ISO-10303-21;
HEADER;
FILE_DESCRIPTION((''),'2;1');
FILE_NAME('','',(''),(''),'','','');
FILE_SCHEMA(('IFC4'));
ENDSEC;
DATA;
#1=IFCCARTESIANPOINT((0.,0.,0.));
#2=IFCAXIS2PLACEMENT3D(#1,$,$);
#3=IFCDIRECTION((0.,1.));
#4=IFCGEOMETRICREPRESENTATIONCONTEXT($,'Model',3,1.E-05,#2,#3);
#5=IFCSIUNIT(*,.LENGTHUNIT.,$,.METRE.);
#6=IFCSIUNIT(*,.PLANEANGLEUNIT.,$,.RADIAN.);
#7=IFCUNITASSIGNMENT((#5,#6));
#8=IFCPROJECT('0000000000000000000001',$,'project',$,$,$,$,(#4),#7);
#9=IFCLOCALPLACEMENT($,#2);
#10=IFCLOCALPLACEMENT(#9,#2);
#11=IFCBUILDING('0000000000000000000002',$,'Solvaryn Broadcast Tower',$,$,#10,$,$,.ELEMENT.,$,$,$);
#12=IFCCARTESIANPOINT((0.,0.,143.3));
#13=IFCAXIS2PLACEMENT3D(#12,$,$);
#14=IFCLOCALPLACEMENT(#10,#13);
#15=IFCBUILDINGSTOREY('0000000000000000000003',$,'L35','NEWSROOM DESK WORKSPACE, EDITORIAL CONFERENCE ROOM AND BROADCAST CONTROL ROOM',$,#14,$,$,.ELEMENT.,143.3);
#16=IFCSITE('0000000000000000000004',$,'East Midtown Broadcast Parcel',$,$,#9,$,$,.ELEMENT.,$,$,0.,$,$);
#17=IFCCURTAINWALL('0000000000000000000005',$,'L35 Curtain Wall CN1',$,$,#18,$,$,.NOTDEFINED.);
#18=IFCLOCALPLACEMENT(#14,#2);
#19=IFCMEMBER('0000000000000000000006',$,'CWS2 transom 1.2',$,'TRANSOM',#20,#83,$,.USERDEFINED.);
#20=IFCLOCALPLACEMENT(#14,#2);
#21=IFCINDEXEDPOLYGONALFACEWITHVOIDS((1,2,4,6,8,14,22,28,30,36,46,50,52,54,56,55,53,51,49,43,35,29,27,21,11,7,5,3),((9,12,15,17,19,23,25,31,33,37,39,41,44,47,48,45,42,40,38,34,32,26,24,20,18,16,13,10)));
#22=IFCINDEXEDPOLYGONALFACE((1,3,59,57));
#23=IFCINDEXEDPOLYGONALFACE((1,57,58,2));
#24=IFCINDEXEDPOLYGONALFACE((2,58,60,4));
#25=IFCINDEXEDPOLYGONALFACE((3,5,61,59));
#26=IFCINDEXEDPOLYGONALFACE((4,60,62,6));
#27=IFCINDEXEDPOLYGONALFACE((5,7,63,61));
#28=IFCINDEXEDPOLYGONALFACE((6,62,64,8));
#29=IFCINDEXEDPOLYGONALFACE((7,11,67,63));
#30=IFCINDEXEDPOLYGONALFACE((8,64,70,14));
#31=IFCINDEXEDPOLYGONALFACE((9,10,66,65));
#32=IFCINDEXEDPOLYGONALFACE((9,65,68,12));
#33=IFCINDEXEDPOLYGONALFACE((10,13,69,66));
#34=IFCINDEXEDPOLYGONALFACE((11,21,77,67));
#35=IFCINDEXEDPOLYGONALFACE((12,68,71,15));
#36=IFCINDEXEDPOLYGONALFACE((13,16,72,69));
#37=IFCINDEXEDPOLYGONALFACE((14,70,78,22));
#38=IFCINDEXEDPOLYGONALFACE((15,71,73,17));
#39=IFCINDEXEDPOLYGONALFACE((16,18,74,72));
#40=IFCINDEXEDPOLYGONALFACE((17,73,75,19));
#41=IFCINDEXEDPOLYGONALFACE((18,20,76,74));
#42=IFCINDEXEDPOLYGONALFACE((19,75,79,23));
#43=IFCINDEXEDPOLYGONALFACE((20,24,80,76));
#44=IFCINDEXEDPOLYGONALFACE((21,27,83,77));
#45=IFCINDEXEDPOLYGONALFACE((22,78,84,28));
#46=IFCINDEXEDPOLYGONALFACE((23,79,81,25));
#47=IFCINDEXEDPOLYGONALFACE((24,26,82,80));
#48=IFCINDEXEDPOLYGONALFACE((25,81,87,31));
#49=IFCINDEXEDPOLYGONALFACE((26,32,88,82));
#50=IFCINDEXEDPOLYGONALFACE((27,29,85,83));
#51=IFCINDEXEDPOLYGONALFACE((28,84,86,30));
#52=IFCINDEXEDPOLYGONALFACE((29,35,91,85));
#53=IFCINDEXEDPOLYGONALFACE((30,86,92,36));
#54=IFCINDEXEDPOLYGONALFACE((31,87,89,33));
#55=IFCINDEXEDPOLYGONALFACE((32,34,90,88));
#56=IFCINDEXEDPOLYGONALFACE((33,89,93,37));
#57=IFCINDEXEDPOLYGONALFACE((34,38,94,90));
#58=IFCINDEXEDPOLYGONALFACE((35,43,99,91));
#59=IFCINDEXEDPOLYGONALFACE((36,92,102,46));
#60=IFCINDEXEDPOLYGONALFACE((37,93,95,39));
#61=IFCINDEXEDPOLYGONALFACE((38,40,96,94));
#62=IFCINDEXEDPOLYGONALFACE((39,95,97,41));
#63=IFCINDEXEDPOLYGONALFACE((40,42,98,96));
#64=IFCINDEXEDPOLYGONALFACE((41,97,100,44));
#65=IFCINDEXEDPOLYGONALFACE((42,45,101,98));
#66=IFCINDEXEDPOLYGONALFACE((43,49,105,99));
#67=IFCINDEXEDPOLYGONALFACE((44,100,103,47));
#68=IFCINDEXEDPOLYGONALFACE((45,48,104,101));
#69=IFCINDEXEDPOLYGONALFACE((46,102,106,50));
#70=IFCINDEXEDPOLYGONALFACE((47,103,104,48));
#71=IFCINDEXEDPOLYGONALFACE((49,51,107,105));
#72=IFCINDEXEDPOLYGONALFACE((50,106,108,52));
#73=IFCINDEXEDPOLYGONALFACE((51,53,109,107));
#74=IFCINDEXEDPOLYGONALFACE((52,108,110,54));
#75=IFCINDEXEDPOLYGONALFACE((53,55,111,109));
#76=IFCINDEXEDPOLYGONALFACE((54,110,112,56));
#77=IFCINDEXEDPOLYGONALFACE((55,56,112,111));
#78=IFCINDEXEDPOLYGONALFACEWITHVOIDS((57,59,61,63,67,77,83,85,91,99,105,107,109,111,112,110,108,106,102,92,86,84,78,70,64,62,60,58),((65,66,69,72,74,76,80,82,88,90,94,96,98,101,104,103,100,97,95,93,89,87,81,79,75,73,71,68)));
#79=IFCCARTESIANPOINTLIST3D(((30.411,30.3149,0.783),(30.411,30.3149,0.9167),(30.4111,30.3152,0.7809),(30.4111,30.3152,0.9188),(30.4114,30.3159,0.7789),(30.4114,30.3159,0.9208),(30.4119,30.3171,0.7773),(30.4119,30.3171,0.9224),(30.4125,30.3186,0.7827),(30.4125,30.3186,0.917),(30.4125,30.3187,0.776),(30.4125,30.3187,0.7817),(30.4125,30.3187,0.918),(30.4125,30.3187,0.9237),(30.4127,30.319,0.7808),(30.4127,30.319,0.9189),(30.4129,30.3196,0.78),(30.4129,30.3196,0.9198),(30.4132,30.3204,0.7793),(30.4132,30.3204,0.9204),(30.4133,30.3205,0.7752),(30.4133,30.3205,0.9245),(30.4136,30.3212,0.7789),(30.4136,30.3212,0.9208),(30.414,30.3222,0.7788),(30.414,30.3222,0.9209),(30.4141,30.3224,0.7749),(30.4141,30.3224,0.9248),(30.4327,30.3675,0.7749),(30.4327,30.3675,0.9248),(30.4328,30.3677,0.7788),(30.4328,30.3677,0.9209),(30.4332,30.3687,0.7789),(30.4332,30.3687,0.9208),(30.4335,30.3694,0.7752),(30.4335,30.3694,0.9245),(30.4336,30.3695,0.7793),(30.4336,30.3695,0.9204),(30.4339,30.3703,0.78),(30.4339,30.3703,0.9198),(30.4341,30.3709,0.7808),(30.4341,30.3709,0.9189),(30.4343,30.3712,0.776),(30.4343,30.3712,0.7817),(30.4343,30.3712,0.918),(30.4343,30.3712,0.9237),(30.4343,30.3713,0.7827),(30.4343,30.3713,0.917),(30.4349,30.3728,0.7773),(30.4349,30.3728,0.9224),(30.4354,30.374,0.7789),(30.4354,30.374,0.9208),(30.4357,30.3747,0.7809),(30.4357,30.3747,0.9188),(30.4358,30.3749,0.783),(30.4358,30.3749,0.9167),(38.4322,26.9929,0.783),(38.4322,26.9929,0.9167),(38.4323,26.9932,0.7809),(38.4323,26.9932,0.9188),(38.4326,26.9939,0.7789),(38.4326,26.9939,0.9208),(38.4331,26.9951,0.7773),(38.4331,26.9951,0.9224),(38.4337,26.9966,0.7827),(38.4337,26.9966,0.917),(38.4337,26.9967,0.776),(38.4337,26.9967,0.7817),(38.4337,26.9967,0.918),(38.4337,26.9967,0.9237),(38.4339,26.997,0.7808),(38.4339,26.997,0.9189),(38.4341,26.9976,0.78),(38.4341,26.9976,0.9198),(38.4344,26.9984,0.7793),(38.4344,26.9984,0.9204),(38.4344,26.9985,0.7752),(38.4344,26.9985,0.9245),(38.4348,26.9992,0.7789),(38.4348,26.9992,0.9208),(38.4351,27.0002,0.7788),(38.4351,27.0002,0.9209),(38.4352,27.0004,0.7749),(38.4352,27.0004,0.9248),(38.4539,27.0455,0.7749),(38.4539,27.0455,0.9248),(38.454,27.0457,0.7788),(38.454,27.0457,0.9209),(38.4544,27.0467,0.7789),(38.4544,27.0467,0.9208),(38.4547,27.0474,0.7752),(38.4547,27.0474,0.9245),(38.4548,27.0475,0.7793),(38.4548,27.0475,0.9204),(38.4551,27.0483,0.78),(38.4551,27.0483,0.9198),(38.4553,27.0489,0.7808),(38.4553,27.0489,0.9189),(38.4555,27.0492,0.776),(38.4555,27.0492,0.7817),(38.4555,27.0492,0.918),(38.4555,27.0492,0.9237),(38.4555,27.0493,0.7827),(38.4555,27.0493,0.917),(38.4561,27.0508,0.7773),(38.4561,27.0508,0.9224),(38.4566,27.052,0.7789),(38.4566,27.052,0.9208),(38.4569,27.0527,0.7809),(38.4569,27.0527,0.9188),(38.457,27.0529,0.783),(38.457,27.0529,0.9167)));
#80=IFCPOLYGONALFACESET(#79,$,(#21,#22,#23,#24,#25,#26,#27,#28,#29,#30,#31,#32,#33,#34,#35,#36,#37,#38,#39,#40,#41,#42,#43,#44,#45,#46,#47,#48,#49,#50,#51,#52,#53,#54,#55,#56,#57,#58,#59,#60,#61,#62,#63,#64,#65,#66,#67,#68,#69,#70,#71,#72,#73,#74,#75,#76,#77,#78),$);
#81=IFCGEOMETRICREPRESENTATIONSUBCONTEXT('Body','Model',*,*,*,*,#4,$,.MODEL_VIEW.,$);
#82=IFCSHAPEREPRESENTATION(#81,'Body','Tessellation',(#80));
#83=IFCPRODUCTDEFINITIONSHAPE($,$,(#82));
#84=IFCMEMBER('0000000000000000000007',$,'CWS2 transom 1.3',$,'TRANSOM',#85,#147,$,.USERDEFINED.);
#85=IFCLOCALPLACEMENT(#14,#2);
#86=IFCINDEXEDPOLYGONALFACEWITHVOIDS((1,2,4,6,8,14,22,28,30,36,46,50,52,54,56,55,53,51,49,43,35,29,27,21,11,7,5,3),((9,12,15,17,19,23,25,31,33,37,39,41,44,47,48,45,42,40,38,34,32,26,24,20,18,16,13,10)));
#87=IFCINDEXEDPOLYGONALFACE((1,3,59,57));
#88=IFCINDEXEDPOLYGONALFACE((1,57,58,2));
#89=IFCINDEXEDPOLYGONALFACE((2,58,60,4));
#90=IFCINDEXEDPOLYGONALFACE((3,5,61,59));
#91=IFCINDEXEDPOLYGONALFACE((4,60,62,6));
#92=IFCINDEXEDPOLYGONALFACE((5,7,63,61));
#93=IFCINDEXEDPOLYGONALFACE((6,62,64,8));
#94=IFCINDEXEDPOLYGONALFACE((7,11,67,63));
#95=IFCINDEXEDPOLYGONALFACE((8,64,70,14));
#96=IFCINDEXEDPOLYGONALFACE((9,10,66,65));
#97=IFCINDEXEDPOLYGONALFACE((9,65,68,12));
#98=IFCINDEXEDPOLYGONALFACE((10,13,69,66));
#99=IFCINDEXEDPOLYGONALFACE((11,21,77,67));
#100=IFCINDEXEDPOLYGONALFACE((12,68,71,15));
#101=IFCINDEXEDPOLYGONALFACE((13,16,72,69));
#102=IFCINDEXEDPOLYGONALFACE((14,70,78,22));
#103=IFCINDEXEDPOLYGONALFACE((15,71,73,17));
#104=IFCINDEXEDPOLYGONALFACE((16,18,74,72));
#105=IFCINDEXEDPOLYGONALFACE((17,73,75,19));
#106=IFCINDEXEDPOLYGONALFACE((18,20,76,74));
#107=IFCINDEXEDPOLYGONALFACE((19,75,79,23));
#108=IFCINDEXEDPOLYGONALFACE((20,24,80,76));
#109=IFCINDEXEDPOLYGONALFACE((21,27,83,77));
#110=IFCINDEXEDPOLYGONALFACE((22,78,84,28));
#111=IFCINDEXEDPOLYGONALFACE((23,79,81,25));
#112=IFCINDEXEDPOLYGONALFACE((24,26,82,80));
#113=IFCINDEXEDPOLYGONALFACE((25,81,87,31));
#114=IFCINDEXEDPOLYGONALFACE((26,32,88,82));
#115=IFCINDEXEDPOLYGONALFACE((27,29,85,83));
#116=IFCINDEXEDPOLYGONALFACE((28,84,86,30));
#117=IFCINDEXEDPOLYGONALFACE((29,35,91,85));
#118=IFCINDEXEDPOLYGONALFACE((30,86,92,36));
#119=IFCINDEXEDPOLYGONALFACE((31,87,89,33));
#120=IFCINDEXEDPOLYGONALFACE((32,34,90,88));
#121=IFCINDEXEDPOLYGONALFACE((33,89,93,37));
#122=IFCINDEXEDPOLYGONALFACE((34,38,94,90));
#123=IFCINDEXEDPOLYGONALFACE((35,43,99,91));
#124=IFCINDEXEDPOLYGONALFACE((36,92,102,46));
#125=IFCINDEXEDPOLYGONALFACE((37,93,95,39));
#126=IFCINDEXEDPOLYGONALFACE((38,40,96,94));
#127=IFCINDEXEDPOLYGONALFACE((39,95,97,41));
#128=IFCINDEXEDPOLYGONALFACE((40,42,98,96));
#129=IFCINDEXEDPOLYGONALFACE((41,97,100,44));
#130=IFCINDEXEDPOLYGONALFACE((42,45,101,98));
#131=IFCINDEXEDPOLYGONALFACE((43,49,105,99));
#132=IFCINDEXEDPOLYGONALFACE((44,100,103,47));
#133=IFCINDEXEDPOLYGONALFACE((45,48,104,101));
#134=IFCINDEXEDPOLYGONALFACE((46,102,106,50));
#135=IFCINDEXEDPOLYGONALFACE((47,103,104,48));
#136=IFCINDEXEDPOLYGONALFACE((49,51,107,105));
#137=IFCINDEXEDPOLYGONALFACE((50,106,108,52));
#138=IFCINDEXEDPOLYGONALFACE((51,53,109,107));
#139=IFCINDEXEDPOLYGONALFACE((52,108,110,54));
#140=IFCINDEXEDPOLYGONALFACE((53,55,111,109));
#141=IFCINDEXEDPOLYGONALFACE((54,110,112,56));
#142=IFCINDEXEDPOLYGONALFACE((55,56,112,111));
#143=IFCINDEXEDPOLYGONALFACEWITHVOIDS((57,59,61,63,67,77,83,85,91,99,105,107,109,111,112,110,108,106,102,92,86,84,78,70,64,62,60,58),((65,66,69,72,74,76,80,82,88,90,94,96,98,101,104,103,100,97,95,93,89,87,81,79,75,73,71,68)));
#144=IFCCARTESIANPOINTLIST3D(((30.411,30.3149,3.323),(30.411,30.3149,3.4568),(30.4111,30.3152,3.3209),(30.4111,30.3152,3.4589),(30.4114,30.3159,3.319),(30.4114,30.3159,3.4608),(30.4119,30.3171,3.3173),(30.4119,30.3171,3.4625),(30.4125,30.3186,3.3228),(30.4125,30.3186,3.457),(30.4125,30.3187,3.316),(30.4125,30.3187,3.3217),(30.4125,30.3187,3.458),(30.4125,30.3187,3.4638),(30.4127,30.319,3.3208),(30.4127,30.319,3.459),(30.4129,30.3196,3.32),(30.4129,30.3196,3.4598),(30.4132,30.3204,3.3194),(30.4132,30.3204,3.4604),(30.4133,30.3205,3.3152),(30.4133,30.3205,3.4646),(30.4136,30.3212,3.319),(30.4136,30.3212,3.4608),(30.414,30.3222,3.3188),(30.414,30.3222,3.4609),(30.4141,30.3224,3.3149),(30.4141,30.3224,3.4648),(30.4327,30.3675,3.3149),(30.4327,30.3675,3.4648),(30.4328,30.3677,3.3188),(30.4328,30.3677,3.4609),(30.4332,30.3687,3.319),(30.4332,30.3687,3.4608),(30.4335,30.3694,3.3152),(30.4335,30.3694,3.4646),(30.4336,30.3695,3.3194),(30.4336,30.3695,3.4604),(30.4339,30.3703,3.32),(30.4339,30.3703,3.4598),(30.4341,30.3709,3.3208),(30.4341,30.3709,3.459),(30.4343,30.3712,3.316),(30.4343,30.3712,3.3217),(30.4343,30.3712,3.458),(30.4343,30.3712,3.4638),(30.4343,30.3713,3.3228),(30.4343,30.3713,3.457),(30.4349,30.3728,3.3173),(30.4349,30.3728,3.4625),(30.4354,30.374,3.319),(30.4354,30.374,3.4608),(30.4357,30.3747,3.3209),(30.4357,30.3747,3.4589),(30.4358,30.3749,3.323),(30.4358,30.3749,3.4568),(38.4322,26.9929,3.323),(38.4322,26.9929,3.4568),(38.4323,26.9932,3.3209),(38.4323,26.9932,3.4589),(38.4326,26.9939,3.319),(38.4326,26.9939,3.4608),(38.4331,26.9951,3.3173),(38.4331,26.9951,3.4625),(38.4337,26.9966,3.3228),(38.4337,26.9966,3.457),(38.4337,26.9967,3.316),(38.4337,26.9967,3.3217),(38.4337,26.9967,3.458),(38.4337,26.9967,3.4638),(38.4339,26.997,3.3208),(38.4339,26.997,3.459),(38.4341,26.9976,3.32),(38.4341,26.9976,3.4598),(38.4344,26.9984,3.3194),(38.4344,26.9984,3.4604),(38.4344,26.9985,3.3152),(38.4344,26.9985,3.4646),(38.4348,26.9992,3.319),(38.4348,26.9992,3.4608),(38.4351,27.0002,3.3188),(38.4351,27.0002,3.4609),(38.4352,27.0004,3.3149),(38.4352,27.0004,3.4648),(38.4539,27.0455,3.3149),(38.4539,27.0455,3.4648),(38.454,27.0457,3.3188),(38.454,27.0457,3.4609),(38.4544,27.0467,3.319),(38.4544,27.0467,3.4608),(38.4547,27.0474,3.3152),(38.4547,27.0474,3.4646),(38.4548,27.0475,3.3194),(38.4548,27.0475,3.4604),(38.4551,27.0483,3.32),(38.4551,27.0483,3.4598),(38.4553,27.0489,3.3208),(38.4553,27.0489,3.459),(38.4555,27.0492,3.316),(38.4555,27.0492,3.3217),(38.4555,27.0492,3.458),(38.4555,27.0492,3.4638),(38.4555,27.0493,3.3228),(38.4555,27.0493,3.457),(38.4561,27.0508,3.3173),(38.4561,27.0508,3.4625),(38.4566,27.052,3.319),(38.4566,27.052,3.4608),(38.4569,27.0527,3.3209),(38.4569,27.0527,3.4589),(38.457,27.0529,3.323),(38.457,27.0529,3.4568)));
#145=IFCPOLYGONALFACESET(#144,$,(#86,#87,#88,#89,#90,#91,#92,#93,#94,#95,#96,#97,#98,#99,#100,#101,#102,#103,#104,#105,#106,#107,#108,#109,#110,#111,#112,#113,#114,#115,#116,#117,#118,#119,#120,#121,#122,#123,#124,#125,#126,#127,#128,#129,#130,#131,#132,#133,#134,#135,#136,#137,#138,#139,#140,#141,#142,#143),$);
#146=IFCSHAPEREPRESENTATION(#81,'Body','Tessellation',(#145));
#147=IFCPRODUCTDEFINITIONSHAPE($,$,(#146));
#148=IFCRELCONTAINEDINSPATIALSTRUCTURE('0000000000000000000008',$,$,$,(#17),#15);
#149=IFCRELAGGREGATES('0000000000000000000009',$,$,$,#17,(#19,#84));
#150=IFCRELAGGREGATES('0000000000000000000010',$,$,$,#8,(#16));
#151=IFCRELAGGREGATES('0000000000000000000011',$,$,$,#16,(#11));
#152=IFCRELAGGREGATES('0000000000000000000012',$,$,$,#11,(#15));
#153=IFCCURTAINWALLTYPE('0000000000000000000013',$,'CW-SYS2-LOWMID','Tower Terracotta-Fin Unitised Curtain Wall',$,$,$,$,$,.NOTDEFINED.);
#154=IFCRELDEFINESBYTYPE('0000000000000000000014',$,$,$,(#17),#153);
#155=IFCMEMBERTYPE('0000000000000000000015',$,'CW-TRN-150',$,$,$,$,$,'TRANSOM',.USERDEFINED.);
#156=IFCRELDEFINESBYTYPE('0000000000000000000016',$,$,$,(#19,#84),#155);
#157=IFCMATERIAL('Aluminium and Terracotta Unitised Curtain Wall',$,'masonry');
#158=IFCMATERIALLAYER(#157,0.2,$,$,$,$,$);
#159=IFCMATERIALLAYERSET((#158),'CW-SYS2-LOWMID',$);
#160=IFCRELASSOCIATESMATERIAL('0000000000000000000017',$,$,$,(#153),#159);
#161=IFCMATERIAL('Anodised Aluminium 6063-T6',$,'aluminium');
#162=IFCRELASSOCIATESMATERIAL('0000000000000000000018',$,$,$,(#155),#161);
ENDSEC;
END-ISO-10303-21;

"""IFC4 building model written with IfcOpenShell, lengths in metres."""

from ifc_helpers import new_model, si_unit, direction, frame, origin, origin_2d, place, context, subcontext, project, spatial, hollow_rectangle, extrude, material, layer, layer_set, material_profile, profile_set, type_object, element, aggregate, save


model = new_model("IFC4")

# Units and contexts
model_context = context("Model", 3, precision=1e-05, world=origin(), true_north=direction((0.0, 1.0)))
body_context = subcontext(model_context, "Body", "Model", "MODEL_VIEW")
ifc_project = project(units=[si_unit("LENGTHUNIT", "METRE"), si_unit("PLANEANGLEUNIT", "RADIAN")], contexts=[model_context])

# Site, building, storey
site_placement = place(None, origin())
site = spatial("IfcSite", under=ifc_project, at=site_placement, Name="East Midtown Broadcast Parcel", CompositionType="ELEMENT", RefElevation=0.0)
building_placement = place(site_placement, origin())
building = spatial("IfcBuilding", under=site, at=building_placement, Name="Solvaryn Broadcast Tower", CompositionType="ELEMENT")
storey_placement = place(building_placement, frame((0.0, 0.0, 143.3)))
storey = spatial("IfcBuildingStorey", under=building, at=storey_placement, Name="L35", Description="NEWSROOM DESK WORKSPACE, EDITORIAL CONFERENCE ROOM AND BROADCAST CONTROL ROOM", CompositionType="ELEMENT", Elevation=143.3)

# Curtain wall
ifc_material_1 = material(Name="Aluminium and Terracotta Unitised Curtain Wall", Category="masonry")
ifc_layer_1 = layer(ifc_material_1, 0.2)
ifc_layer_set_1 = layer_set([ifc_layer_1], Name="CW-SYS2-LOWMID")
curtain_wall_type = type_object("IfcCurtainWallType", Name="CW-SYS2-LOWMID", Description="Tower Terracotta-Fin Unitised Curtain Wall", PredefinedType="NOTDEFINED", material=ifc_layer_set_1)
curtain_wall_1_placement = place(storey_placement, origin())
curtain_wall_1 = element("IfcCurtainWall", 1, at=curtain_wall_1_placement, inside=storey, type_object=curtain_wall_type, Name="L35 Curtain Wall CN1", PredefinedType="NOTDEFINED")

# Members
ifc_material_2 = material(Name="Anodised Aluminium 6063-T6", Category="aluminium")
ifc_material_profile_1 = material_profile(ifc_material_2, hollow_rectangle(XDim=0.0649, YDim=0.1499, WallThickness=0.0039, InnerFilletRadius=0.0039, OuterFilletRadius=0.0081, at=origin_2d()))
ifc_profile_set_1 = profile_set([ifc_material_profile_1], Name="Anodised Aluminium 6063-T6")
member_type_1 = type_object("IfcMemberType", Name="CW-TRN-150", ElementType="TRANSOM", PredefinedType="USERDEFINED", material=ifc_profile_set_1)
member_1_placement = place(storey_placement, frame((38.4446, 27.0229, 0.8499), z_axis=(-0.923899, 0.382636, 0.0), x_axis=(-0.382636, -0.923899, 0.0)))
member_1 = element("IfcMember", 2, at=member_1_placement, type_object=member_type_1, Name="CWS2 transom 1.2", ObjectType="TRANSOM", PredefinedType="USERDEFINED", context=body_context, shape_type="SweptSolid", body=[
    extrude(hollow_rectangle(XDim=0.0649, YDim=0.1499, WallThickness=0.0039, InnerFilletRadius=0.0039, OuterFilletRadius=0.0081, at=origin_2d()), origin(), (0.0, 0.0, 1.0), 8.6819),
])
member_2_placement = place(storey_placement, frame((38.4446, 27.0229, 3.3899), z_axis=(-0.923899, 0.382636, 0.0), x_axis=(-0.382636, -0.923899, 0.0)))
member_2 = element("IfcMember", 3, at=member_2_placement, type_object=member_type_1, Name="CWS2 transom 1.3", ObjectType="TRANSOM", PredefinedType="USERDEFINED", context=body_context, shape_type="SweptSolid", body=[
    extrude(hollow_rectangle(XDim=0.0649, YDim=0.1499, WallThickness=0.0039, InnerFilletRadius=0.0039, OuterFilletRadius=0.0081, at=origin_2d()), origin(), (0.0, 0.0, 1.0), 8.6819),
])
aggregate(curtain_wall_1, [member_1, member_2])

save(model, "model.ifc")
